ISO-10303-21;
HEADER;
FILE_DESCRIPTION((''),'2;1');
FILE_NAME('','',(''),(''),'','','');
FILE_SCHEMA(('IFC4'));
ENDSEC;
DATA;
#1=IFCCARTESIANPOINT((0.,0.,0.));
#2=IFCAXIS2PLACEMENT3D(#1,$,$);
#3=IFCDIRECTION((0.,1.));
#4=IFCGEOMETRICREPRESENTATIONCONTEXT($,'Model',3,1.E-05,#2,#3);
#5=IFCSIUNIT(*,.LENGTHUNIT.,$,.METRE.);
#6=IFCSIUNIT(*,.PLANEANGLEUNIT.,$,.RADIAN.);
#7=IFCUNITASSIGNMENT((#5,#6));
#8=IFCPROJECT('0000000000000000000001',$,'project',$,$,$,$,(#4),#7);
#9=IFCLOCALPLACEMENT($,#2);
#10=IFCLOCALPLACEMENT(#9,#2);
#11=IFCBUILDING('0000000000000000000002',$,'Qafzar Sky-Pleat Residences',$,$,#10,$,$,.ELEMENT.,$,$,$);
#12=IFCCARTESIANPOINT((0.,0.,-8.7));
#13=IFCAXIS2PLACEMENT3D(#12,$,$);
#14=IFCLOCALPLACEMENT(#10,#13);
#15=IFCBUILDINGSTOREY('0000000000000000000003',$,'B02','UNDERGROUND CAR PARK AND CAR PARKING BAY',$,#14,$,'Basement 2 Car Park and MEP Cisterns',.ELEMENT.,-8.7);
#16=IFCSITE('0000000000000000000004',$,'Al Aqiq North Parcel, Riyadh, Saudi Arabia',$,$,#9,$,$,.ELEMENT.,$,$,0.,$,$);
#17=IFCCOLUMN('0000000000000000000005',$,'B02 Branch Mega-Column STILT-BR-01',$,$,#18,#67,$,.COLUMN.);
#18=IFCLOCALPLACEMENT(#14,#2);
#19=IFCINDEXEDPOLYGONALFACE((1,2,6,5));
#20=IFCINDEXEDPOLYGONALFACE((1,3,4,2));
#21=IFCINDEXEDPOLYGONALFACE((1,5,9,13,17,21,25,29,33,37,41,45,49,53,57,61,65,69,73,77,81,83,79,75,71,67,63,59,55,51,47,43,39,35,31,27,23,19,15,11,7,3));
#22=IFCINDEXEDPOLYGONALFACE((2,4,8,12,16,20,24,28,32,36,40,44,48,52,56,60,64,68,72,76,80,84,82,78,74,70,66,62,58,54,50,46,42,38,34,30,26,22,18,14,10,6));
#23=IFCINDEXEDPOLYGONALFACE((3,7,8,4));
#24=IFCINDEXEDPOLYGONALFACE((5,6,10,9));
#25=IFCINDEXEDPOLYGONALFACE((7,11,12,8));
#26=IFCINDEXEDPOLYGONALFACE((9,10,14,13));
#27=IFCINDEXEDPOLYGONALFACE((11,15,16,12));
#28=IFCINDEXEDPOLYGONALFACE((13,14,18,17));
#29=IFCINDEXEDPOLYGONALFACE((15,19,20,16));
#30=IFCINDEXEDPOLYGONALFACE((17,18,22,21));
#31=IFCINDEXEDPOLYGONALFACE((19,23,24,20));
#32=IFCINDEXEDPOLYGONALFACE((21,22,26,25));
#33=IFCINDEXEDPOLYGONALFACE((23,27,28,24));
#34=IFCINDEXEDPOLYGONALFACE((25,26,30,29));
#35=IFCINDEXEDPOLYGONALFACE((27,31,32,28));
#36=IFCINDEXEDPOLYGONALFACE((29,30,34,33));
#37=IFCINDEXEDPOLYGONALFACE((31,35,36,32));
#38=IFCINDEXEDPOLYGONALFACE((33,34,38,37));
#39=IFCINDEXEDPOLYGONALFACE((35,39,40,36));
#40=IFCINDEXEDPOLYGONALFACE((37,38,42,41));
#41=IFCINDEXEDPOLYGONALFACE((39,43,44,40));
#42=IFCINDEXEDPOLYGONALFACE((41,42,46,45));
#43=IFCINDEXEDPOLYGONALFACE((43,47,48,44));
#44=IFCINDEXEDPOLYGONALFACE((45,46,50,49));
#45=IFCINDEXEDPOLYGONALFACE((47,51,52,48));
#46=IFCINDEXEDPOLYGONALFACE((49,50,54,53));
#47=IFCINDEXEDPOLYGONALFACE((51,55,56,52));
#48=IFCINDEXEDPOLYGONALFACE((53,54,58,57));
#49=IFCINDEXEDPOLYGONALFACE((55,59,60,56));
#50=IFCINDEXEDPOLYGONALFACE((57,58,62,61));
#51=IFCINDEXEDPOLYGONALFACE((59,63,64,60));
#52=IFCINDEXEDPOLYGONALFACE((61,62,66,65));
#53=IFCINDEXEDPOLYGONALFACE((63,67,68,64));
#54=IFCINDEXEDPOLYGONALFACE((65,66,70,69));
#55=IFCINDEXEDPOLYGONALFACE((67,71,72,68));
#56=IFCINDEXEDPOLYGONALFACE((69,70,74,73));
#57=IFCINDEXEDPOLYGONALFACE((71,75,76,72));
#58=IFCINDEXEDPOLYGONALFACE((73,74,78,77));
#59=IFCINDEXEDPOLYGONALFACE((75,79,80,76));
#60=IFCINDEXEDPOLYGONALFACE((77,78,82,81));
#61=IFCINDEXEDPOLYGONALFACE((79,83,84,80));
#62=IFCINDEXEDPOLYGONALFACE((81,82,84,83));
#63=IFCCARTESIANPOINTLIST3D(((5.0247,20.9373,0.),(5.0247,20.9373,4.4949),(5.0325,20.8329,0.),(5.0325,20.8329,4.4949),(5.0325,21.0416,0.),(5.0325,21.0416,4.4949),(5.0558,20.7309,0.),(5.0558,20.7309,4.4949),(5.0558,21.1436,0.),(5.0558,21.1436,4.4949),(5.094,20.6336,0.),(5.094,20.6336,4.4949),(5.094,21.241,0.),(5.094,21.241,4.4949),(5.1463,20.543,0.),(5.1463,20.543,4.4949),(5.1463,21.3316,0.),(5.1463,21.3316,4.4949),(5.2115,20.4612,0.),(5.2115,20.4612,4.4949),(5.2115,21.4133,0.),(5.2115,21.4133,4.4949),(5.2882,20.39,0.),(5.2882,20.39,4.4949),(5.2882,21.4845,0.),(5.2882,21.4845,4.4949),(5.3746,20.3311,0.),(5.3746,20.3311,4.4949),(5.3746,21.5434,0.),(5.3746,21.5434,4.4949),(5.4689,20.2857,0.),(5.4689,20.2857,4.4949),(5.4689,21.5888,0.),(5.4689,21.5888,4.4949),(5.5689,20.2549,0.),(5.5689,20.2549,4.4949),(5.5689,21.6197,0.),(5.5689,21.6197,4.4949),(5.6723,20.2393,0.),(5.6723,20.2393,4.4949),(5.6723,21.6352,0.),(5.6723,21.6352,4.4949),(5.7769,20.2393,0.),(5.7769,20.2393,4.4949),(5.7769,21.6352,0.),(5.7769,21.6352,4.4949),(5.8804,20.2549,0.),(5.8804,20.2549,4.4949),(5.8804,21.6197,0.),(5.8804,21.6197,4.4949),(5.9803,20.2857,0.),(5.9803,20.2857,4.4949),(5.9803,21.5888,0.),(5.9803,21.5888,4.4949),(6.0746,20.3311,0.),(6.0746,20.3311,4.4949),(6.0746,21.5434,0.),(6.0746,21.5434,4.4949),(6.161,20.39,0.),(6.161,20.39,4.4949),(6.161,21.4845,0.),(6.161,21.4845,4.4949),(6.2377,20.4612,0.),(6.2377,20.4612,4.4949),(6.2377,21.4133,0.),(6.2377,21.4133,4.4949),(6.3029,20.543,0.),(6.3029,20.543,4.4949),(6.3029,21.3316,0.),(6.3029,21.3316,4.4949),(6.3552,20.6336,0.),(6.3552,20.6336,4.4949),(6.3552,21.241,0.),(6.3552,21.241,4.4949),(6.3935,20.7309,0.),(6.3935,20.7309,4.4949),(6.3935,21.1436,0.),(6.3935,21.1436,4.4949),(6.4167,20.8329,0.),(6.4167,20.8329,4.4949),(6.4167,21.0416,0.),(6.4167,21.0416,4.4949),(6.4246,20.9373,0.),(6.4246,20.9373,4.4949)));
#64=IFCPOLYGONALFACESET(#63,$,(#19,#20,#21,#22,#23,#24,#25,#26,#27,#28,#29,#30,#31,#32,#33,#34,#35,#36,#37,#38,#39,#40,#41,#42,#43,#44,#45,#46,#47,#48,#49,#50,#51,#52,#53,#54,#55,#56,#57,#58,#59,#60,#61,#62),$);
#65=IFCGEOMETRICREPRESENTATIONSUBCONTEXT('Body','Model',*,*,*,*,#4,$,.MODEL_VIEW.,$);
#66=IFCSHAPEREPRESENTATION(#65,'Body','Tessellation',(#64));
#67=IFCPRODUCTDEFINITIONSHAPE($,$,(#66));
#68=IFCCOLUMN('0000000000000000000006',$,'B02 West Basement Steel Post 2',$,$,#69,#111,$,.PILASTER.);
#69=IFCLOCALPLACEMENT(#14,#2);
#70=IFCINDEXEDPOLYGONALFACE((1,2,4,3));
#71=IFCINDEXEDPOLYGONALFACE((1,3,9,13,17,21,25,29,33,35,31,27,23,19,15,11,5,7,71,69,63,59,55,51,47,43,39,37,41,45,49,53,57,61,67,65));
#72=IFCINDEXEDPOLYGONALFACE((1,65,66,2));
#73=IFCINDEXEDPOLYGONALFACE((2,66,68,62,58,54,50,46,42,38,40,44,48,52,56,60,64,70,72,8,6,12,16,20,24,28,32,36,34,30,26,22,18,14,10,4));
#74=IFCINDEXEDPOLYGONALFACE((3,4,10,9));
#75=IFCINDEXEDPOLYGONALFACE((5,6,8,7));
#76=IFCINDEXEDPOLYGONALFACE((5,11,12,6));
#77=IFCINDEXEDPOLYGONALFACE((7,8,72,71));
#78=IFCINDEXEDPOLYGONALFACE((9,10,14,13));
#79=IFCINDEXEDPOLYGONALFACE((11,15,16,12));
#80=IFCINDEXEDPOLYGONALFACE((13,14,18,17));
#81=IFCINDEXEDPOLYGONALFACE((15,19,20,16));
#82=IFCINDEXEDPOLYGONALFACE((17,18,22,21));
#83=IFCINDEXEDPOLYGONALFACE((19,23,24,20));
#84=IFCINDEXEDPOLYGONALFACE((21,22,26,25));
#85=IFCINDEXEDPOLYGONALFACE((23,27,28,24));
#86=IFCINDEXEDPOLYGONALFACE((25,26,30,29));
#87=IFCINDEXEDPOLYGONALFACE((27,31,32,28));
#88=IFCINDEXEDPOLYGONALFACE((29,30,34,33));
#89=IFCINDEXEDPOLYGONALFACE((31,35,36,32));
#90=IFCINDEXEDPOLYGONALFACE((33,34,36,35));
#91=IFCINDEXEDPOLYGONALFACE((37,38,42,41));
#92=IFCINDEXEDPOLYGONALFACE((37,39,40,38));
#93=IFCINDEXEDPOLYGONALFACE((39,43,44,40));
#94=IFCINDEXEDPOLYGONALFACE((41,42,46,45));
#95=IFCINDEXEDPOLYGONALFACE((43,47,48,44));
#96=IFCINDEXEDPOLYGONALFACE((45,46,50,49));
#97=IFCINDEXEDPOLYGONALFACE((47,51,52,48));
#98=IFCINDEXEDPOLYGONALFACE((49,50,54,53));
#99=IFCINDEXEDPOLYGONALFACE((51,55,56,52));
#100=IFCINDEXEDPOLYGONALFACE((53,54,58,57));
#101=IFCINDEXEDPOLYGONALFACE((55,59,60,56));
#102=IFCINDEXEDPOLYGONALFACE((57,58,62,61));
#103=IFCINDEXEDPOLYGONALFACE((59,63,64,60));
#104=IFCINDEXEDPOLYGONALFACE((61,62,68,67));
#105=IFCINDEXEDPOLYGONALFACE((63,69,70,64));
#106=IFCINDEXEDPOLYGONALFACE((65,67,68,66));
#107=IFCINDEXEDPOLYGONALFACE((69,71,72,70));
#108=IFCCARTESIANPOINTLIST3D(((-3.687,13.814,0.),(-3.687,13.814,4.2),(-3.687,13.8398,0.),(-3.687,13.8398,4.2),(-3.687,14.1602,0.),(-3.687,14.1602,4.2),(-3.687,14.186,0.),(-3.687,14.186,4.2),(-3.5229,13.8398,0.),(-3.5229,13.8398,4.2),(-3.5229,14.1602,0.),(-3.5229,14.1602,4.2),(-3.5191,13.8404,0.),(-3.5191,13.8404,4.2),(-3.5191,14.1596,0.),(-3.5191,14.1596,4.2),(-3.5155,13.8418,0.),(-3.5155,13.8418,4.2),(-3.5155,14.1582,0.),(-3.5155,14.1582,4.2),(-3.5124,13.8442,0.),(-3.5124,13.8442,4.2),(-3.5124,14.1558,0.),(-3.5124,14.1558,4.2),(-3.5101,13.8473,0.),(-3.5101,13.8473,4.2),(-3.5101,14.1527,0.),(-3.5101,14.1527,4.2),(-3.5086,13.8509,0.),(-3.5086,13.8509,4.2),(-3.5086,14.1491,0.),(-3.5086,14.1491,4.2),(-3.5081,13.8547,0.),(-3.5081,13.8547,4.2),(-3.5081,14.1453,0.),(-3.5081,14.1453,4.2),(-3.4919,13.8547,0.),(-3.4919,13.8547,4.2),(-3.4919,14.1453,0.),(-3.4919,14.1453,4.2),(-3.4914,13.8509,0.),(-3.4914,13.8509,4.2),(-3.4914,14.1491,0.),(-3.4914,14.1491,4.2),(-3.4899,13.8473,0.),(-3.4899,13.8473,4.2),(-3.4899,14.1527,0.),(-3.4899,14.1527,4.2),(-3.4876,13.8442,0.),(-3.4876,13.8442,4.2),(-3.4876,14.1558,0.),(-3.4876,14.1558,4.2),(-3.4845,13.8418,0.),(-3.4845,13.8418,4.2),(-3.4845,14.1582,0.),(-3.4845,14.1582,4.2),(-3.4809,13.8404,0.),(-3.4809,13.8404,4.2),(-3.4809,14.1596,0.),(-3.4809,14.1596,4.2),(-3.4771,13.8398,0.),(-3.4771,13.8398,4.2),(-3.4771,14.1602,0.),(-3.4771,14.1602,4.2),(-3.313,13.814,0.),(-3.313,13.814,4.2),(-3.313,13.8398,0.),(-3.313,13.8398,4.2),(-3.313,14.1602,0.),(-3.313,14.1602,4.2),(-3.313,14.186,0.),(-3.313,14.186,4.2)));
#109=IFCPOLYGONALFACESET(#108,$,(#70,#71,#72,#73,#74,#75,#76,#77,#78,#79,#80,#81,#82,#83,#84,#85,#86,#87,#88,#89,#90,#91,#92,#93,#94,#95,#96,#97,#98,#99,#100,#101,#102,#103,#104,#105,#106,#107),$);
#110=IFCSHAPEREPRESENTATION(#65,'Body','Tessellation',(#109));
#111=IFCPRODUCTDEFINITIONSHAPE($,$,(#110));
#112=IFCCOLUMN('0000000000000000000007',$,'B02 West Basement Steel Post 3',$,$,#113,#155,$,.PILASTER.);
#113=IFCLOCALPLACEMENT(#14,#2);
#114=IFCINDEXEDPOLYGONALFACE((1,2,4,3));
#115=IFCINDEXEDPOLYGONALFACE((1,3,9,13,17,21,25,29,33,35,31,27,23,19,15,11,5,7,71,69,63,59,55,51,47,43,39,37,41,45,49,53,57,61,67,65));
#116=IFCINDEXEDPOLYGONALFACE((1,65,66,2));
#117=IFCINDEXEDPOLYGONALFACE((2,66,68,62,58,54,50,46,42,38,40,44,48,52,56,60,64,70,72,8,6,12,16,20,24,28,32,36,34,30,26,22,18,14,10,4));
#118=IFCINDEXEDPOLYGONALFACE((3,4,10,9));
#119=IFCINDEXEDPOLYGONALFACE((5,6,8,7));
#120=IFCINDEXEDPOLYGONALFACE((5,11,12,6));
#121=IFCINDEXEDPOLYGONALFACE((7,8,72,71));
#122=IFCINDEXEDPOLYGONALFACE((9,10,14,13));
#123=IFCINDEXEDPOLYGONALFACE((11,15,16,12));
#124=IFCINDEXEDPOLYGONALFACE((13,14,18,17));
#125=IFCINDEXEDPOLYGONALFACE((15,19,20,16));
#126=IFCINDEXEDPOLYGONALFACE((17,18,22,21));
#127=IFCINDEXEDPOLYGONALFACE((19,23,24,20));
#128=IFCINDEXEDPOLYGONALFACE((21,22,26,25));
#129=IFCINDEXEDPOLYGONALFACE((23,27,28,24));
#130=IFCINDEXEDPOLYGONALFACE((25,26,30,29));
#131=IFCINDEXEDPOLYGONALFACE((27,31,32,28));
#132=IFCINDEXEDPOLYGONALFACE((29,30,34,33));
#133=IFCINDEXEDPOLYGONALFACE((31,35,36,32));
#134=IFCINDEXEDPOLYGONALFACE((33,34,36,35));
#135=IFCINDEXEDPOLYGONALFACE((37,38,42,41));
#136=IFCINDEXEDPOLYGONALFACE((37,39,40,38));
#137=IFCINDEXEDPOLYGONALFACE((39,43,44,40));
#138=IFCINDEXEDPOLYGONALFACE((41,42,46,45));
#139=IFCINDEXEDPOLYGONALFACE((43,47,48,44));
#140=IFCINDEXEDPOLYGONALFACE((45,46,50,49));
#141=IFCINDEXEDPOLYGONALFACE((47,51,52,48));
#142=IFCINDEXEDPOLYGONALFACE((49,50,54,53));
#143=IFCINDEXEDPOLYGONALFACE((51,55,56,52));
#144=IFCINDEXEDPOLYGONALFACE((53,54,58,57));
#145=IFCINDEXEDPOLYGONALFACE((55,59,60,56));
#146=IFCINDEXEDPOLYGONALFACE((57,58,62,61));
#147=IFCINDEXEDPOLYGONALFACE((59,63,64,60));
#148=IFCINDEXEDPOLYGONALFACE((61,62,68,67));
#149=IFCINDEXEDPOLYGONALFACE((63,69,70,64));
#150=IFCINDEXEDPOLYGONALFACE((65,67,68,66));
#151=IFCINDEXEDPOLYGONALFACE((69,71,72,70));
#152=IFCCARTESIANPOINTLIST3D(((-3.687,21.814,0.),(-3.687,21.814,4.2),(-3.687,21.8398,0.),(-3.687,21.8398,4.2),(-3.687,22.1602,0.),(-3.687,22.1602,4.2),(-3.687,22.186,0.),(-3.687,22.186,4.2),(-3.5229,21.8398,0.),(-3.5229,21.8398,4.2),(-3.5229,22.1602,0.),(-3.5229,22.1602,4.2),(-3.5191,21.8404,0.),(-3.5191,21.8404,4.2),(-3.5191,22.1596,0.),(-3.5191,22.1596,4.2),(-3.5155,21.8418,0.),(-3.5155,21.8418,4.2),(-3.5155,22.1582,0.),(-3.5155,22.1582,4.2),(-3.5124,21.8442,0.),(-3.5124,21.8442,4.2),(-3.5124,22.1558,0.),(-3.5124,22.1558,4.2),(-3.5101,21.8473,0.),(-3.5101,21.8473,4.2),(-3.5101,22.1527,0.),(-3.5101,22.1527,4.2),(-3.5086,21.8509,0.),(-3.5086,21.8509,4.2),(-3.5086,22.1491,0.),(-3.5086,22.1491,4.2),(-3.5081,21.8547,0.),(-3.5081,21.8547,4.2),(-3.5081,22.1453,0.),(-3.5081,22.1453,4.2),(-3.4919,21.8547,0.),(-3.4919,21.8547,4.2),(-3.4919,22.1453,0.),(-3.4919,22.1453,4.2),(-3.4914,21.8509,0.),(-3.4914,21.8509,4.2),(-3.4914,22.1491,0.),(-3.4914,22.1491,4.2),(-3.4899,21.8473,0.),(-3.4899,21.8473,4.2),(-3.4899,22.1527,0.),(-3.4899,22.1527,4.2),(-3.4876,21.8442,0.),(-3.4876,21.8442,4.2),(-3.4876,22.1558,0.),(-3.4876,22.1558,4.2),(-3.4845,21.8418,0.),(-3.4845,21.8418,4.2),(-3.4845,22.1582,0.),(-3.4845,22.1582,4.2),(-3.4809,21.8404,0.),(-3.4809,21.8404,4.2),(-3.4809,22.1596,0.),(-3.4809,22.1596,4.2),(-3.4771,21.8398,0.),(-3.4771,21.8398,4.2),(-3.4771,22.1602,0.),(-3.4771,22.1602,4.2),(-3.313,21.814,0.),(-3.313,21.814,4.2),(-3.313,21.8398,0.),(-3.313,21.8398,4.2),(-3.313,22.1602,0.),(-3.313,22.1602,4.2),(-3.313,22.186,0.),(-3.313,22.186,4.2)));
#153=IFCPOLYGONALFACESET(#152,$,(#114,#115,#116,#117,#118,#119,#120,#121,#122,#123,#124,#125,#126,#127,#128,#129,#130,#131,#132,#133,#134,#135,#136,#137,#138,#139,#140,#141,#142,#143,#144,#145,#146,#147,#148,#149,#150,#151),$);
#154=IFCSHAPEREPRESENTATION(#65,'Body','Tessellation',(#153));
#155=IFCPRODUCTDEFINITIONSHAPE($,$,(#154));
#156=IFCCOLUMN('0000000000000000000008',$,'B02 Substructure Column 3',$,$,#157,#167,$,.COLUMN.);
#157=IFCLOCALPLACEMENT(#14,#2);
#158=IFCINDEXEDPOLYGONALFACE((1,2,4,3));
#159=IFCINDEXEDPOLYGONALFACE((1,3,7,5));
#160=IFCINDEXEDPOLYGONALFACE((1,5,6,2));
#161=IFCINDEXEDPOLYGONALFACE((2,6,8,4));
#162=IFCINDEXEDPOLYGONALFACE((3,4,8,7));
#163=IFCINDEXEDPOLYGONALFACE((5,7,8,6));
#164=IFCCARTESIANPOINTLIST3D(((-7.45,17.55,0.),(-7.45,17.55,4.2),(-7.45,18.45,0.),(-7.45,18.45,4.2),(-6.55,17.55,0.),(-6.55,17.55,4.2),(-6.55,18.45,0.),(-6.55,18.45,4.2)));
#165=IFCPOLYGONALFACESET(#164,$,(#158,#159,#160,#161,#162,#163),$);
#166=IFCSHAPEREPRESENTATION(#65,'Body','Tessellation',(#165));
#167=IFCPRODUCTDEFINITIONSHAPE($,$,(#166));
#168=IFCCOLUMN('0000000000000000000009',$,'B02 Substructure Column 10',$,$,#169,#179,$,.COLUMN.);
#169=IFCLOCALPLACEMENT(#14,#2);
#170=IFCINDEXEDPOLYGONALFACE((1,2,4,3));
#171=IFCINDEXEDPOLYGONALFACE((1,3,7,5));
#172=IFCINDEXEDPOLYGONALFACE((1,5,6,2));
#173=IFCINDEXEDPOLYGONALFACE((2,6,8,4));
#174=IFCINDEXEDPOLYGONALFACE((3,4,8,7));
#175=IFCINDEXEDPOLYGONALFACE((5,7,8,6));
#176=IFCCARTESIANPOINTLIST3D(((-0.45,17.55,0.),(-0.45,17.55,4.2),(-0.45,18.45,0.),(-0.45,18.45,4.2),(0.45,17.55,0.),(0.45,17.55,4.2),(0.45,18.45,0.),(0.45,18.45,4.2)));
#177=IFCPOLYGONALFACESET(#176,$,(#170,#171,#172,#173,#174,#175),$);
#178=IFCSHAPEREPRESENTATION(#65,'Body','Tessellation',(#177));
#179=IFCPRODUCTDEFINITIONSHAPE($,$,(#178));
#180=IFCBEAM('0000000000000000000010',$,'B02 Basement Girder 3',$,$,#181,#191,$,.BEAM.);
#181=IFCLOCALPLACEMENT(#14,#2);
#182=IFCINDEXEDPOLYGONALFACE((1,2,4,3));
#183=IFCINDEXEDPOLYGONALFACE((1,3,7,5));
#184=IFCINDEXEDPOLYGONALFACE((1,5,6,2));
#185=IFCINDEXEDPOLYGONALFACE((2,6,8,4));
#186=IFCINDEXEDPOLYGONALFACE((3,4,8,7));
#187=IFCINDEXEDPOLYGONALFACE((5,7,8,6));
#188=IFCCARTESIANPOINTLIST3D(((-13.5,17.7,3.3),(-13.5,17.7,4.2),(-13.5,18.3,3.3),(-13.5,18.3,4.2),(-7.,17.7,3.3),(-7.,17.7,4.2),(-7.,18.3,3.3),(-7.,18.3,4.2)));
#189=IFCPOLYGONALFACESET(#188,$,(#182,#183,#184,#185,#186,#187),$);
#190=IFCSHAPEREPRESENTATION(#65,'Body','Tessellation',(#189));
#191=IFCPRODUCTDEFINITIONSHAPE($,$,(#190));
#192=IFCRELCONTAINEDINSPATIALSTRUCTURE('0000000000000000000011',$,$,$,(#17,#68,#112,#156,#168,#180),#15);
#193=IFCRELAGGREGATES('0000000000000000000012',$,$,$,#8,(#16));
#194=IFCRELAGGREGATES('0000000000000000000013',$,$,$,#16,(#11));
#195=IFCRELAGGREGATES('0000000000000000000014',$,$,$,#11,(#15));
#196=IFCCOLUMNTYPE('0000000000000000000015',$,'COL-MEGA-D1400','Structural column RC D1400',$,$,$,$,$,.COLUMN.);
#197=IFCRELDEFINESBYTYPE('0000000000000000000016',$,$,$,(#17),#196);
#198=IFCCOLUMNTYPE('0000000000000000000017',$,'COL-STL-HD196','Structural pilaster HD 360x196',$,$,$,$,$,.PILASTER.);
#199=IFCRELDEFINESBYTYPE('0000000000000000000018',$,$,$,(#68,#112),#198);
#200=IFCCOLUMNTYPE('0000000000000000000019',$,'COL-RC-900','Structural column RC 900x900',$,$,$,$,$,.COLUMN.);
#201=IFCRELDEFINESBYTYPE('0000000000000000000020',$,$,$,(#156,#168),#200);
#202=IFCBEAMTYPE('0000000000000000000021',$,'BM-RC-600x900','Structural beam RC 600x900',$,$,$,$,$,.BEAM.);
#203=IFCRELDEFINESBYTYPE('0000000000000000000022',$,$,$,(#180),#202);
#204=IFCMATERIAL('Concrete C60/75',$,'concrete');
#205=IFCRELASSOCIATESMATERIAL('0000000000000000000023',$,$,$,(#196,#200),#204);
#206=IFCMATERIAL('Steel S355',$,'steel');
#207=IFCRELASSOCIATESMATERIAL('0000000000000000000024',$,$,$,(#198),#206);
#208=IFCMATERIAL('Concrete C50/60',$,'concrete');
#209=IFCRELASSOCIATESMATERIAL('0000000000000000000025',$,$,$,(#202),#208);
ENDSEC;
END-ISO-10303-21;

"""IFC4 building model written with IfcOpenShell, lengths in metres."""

from ifc_helpers import new_model, si_unit, direction, frame, origin, origin_2d, place, context, subcontext, project, spatial, rectangle, circle, i_section, extrude, source, transform, mapped, material, material_profile, profile_set, type_object, element, save


model = new_model("IFC4")

# Units and contexts
model_context = context("Model", 3, precision=1e-05, world=origin(), true_north=direction((0.0, 1.0)))
body_context = subcontext(model_context, "Body", "Model", "MODEL_VIEW")
ifc_project = project(units=[si_unit("LENGTHUNIT", "METRE"), si_unit("PLANEANGLEUNIT", "RADIAN")], contexts=[model_context])

# Site, building, storey
site_placement = place(None, origin())
site = spatial("IfcSite", under=ifc_project, at=site_placement, Name="Al Aqiq North Parcel, Riyadh, Saudi Arabia", CompositionType="ELEMENT", RefElevation=0.0)
building_placement = place(site_placement, origin())
building = spatial("IfcBuilding", under=site, at=building_placement, Name="Qafzar Sky-Pleat Residences", CompositionType="ELEMENT")
storey_placement = place(building_placement, frame((0.0, 0.0, -8.7)))
storey = spatial("IfcBuildingStorey", under=building, at=storey_placement, Name="B02", Description="UNDERGROUND CAR PARK AND CAR PARKING BAY", LongName="Basement 2 Car Park and MEP Cisterns", CompositionType="ELEMENT", Elevation=-8.7)

# Shared definitions
ifc_material_1 = material(Name="Concrete C50/60", Category="concrete")

# Columns
ifc_material_2 = material(Name="Concrete C60/75", Category="concrete")
ifc_material_profile_1 = material_profile(ifc_material_2, circle(Radius=0.7, at=origin_2d()), Name="RC D1400")
ifc_profile_set_1 = profile_set([ifc_material_profile_1], Name="Concrete C60/75")
column_type_1 = type_object("IfcColumnType", Name="COL-MEGA-D1400", Description="Structural column RC D1400", PredefinedType="COLUMN", material=ifc_profile_set_1)
shared_shape_1 = source(origin(), body_context, "Body", "SweptSolid", [
    extrude(circle(Radius=0.7, at=origin_2d()), origin(), (0.0, 0.0, 1.0), 4.4949),
])
column_placement = place(storey_placement, frame((5.7246, 20.9373, 0.0), z_axis=(0.0, 0.0, 1.0), x_axis=(1.0, 0.0, 0.0)))
element("IfcColumn", 1, at=column_placement, inside=storey, type_object=column_type_1, Name="B02 Branch Mega-Column STILT-BR-01", PredefinedType="COLUMN", context=body_context, shape_type="MappedRepresentation", body=[
    mapped(shared_shape_1, transform((0.0, 0.0, 0.0), x_axis=(1.0, 0.0, 0.0), y_axis=(0.0, 1.0, 0.0), z_axis=(0.0, 0.0, 1.0), scale=1.0)),
])
ifc_material_3 = material(Name="Steel S355", Category="steel")
ifc_material_profile_2 = material_profile(ifc_material_3, i_section(OverallWidth=0.374, OverallDepth=0.3721, WebThickness=0.0161, FlangeThickness=0.0259, FilletRadius=0.0149, at=origin_2d()), Name="HD 360x196")
ifc_profile_set_2 = profile_set([ifc_material_profile_2], Name="Steel S355")
column_type_2 = type_object("IfcColumnType", Name="COL-STL-HD196", Description="Structural pilaster HD 360x196", PredefinedType="PILASTER", material=ifc_profile_set_2)
shared_shape_2 = source(origin(), body_context, "Body", "SweptSolid", [
    extrude(i_section(OverallWidth=0.374, OverallDepth=0.3721, WebThickness=0.0161, FlangeThickness=0.0259, FilletRadius=0.0149, at=origin_2d()), origin(), (0.0, 0.0, 1.0), 4.2),
])
for number, where, z_axis, x_axis, name in (
    (2, (-3.5, 14.0, 0.0), (0.0, 0.0, 1.0), (1.0, 0.0, 0.0), "B02 West Basement Steel Post 2"),
    (3, (-3.5, 22.0, 0.0), (0.0, 0.0, 1.0), (1.0, 0.0, 0.0), "B02 West Basement Steel Post 3"),
):
    element("IfcColumn", number, at=place(storey_placement, frame(where, z_axis=z_axis, x_axis=x_axis)), inside=storey, type_object=column_type_2, Name=name, PredefinedType="PILASTER", context=body_context, shape_type="MappedRepresentation", body=[
        mapped(shared_shape_2, transform((0.0, 0.0, 0.0), x_axis=(1.0, 0.0, 0.0), y_axis=(0.0, 1.0, 0.0), z_axis=(0.0, 0.0, 1.0), scale=1.0)),
    ])
ifc_material_profile_3 = material_profile(ifc_material_2, rectangle(XDim=0.8999, YDim=0.8999, at=origin_2d()), Name="RC 900x900")
ifc_profile_set_3 = profile_set([ifc_material_profile_3], Name="Concrete C60/75")
column_type_3 = type_object("IfcColumnType", Name="COL-RC-900", Description="Structural column RC 900x900", PredefinedType="COLUMN", material=ifc_profile_set_3)
shared_shape_3 = source(origin(), body_context, "Body", "SweptSolid", [
    extrude(rectangle(XDim=0.8999, YDim=0.8999, at=origin_2d()), origin(), (0.0, 0.0, 1.0), 4.2),
])
for number, where, z_axis, x_axis, name in (
    (4, (-7.0, 18.0, 0.0), (0.0, 0.0, 1.0), (1.0, 0.0, 0.0), "B02 Substructure Column 3"),
    (5, (0.0, 18.0, 0.0), (0.0, 0.0, 1.0), (1.0, 0.0, 0.0), "B02 Substructure Column 10"),
):
    element("IfcColumn", number, at=place(storey_placement, frame(where, z_axis=z_axis, x_axis=x_axis)), inside=storey, type_object=column_type_3, Name=name, PredefinedType="COLUMN", context=body_context, shape_type="MappedRepresentation", body=[
        mapped(shared_shape_3, transform((0.0, 0.0, 0.0), x_axis=(1.0, 0.0, 0.0), y_axis=(0.0, 1.0, 0.0), z_axis=(0.0, 0.0, 1.0), scale=1.0)),
    ])

# Beam
ifc_material_profile_4 = material_profile(ifc_material_1, rectangle(XDim=0.6001, YDim=0.8999, at=origin_2d()), Name="RC 600x900")
ifc_profile_set_4 = profile_set([ifc_material_profile_4], Name="Concrete C50/60")
beam_type_1 = type_object("IfcBeamType", Name="BM-RC-600x900", Description="Structural beam RC 600x900", PredefinedType="BEAM", material=ifc_profile_set_4)
shared_shape_4 = source(origin(), body_context, "Body", "SweptSolid", [
    extrude(rectangle(XDim=0.6001, YDim=0.8999, at=origin_2d()), origin(), (0.0, 0.0, 1.0), 6.5),
])
beam_1_placement = place(storey_placement, frame((-13.5, 18.0, 3.75), z_axis=(1.0, 0.0, 0.0), x_axis=(0.0, 1.0, 0.0)))
element("IfcBeam", 6, at=beam_1_placement, inside=storey, type_object=beam_type_1, Name="B02 Basement Girder 3", PredefinedType="BEAM", context=body_context, shape_type="MappedRepresentation", body=[
    mapped(shared_shape_4, transform((0.0, 0.0, 0.0), x_axis=(1.0, 0.0, 0.0), y_axis=(0.0, 1.0, 0.0), z_axis=(0.0, 0.0, 1.0), scale=1.0)),
])

save(model, "model.ifc")
